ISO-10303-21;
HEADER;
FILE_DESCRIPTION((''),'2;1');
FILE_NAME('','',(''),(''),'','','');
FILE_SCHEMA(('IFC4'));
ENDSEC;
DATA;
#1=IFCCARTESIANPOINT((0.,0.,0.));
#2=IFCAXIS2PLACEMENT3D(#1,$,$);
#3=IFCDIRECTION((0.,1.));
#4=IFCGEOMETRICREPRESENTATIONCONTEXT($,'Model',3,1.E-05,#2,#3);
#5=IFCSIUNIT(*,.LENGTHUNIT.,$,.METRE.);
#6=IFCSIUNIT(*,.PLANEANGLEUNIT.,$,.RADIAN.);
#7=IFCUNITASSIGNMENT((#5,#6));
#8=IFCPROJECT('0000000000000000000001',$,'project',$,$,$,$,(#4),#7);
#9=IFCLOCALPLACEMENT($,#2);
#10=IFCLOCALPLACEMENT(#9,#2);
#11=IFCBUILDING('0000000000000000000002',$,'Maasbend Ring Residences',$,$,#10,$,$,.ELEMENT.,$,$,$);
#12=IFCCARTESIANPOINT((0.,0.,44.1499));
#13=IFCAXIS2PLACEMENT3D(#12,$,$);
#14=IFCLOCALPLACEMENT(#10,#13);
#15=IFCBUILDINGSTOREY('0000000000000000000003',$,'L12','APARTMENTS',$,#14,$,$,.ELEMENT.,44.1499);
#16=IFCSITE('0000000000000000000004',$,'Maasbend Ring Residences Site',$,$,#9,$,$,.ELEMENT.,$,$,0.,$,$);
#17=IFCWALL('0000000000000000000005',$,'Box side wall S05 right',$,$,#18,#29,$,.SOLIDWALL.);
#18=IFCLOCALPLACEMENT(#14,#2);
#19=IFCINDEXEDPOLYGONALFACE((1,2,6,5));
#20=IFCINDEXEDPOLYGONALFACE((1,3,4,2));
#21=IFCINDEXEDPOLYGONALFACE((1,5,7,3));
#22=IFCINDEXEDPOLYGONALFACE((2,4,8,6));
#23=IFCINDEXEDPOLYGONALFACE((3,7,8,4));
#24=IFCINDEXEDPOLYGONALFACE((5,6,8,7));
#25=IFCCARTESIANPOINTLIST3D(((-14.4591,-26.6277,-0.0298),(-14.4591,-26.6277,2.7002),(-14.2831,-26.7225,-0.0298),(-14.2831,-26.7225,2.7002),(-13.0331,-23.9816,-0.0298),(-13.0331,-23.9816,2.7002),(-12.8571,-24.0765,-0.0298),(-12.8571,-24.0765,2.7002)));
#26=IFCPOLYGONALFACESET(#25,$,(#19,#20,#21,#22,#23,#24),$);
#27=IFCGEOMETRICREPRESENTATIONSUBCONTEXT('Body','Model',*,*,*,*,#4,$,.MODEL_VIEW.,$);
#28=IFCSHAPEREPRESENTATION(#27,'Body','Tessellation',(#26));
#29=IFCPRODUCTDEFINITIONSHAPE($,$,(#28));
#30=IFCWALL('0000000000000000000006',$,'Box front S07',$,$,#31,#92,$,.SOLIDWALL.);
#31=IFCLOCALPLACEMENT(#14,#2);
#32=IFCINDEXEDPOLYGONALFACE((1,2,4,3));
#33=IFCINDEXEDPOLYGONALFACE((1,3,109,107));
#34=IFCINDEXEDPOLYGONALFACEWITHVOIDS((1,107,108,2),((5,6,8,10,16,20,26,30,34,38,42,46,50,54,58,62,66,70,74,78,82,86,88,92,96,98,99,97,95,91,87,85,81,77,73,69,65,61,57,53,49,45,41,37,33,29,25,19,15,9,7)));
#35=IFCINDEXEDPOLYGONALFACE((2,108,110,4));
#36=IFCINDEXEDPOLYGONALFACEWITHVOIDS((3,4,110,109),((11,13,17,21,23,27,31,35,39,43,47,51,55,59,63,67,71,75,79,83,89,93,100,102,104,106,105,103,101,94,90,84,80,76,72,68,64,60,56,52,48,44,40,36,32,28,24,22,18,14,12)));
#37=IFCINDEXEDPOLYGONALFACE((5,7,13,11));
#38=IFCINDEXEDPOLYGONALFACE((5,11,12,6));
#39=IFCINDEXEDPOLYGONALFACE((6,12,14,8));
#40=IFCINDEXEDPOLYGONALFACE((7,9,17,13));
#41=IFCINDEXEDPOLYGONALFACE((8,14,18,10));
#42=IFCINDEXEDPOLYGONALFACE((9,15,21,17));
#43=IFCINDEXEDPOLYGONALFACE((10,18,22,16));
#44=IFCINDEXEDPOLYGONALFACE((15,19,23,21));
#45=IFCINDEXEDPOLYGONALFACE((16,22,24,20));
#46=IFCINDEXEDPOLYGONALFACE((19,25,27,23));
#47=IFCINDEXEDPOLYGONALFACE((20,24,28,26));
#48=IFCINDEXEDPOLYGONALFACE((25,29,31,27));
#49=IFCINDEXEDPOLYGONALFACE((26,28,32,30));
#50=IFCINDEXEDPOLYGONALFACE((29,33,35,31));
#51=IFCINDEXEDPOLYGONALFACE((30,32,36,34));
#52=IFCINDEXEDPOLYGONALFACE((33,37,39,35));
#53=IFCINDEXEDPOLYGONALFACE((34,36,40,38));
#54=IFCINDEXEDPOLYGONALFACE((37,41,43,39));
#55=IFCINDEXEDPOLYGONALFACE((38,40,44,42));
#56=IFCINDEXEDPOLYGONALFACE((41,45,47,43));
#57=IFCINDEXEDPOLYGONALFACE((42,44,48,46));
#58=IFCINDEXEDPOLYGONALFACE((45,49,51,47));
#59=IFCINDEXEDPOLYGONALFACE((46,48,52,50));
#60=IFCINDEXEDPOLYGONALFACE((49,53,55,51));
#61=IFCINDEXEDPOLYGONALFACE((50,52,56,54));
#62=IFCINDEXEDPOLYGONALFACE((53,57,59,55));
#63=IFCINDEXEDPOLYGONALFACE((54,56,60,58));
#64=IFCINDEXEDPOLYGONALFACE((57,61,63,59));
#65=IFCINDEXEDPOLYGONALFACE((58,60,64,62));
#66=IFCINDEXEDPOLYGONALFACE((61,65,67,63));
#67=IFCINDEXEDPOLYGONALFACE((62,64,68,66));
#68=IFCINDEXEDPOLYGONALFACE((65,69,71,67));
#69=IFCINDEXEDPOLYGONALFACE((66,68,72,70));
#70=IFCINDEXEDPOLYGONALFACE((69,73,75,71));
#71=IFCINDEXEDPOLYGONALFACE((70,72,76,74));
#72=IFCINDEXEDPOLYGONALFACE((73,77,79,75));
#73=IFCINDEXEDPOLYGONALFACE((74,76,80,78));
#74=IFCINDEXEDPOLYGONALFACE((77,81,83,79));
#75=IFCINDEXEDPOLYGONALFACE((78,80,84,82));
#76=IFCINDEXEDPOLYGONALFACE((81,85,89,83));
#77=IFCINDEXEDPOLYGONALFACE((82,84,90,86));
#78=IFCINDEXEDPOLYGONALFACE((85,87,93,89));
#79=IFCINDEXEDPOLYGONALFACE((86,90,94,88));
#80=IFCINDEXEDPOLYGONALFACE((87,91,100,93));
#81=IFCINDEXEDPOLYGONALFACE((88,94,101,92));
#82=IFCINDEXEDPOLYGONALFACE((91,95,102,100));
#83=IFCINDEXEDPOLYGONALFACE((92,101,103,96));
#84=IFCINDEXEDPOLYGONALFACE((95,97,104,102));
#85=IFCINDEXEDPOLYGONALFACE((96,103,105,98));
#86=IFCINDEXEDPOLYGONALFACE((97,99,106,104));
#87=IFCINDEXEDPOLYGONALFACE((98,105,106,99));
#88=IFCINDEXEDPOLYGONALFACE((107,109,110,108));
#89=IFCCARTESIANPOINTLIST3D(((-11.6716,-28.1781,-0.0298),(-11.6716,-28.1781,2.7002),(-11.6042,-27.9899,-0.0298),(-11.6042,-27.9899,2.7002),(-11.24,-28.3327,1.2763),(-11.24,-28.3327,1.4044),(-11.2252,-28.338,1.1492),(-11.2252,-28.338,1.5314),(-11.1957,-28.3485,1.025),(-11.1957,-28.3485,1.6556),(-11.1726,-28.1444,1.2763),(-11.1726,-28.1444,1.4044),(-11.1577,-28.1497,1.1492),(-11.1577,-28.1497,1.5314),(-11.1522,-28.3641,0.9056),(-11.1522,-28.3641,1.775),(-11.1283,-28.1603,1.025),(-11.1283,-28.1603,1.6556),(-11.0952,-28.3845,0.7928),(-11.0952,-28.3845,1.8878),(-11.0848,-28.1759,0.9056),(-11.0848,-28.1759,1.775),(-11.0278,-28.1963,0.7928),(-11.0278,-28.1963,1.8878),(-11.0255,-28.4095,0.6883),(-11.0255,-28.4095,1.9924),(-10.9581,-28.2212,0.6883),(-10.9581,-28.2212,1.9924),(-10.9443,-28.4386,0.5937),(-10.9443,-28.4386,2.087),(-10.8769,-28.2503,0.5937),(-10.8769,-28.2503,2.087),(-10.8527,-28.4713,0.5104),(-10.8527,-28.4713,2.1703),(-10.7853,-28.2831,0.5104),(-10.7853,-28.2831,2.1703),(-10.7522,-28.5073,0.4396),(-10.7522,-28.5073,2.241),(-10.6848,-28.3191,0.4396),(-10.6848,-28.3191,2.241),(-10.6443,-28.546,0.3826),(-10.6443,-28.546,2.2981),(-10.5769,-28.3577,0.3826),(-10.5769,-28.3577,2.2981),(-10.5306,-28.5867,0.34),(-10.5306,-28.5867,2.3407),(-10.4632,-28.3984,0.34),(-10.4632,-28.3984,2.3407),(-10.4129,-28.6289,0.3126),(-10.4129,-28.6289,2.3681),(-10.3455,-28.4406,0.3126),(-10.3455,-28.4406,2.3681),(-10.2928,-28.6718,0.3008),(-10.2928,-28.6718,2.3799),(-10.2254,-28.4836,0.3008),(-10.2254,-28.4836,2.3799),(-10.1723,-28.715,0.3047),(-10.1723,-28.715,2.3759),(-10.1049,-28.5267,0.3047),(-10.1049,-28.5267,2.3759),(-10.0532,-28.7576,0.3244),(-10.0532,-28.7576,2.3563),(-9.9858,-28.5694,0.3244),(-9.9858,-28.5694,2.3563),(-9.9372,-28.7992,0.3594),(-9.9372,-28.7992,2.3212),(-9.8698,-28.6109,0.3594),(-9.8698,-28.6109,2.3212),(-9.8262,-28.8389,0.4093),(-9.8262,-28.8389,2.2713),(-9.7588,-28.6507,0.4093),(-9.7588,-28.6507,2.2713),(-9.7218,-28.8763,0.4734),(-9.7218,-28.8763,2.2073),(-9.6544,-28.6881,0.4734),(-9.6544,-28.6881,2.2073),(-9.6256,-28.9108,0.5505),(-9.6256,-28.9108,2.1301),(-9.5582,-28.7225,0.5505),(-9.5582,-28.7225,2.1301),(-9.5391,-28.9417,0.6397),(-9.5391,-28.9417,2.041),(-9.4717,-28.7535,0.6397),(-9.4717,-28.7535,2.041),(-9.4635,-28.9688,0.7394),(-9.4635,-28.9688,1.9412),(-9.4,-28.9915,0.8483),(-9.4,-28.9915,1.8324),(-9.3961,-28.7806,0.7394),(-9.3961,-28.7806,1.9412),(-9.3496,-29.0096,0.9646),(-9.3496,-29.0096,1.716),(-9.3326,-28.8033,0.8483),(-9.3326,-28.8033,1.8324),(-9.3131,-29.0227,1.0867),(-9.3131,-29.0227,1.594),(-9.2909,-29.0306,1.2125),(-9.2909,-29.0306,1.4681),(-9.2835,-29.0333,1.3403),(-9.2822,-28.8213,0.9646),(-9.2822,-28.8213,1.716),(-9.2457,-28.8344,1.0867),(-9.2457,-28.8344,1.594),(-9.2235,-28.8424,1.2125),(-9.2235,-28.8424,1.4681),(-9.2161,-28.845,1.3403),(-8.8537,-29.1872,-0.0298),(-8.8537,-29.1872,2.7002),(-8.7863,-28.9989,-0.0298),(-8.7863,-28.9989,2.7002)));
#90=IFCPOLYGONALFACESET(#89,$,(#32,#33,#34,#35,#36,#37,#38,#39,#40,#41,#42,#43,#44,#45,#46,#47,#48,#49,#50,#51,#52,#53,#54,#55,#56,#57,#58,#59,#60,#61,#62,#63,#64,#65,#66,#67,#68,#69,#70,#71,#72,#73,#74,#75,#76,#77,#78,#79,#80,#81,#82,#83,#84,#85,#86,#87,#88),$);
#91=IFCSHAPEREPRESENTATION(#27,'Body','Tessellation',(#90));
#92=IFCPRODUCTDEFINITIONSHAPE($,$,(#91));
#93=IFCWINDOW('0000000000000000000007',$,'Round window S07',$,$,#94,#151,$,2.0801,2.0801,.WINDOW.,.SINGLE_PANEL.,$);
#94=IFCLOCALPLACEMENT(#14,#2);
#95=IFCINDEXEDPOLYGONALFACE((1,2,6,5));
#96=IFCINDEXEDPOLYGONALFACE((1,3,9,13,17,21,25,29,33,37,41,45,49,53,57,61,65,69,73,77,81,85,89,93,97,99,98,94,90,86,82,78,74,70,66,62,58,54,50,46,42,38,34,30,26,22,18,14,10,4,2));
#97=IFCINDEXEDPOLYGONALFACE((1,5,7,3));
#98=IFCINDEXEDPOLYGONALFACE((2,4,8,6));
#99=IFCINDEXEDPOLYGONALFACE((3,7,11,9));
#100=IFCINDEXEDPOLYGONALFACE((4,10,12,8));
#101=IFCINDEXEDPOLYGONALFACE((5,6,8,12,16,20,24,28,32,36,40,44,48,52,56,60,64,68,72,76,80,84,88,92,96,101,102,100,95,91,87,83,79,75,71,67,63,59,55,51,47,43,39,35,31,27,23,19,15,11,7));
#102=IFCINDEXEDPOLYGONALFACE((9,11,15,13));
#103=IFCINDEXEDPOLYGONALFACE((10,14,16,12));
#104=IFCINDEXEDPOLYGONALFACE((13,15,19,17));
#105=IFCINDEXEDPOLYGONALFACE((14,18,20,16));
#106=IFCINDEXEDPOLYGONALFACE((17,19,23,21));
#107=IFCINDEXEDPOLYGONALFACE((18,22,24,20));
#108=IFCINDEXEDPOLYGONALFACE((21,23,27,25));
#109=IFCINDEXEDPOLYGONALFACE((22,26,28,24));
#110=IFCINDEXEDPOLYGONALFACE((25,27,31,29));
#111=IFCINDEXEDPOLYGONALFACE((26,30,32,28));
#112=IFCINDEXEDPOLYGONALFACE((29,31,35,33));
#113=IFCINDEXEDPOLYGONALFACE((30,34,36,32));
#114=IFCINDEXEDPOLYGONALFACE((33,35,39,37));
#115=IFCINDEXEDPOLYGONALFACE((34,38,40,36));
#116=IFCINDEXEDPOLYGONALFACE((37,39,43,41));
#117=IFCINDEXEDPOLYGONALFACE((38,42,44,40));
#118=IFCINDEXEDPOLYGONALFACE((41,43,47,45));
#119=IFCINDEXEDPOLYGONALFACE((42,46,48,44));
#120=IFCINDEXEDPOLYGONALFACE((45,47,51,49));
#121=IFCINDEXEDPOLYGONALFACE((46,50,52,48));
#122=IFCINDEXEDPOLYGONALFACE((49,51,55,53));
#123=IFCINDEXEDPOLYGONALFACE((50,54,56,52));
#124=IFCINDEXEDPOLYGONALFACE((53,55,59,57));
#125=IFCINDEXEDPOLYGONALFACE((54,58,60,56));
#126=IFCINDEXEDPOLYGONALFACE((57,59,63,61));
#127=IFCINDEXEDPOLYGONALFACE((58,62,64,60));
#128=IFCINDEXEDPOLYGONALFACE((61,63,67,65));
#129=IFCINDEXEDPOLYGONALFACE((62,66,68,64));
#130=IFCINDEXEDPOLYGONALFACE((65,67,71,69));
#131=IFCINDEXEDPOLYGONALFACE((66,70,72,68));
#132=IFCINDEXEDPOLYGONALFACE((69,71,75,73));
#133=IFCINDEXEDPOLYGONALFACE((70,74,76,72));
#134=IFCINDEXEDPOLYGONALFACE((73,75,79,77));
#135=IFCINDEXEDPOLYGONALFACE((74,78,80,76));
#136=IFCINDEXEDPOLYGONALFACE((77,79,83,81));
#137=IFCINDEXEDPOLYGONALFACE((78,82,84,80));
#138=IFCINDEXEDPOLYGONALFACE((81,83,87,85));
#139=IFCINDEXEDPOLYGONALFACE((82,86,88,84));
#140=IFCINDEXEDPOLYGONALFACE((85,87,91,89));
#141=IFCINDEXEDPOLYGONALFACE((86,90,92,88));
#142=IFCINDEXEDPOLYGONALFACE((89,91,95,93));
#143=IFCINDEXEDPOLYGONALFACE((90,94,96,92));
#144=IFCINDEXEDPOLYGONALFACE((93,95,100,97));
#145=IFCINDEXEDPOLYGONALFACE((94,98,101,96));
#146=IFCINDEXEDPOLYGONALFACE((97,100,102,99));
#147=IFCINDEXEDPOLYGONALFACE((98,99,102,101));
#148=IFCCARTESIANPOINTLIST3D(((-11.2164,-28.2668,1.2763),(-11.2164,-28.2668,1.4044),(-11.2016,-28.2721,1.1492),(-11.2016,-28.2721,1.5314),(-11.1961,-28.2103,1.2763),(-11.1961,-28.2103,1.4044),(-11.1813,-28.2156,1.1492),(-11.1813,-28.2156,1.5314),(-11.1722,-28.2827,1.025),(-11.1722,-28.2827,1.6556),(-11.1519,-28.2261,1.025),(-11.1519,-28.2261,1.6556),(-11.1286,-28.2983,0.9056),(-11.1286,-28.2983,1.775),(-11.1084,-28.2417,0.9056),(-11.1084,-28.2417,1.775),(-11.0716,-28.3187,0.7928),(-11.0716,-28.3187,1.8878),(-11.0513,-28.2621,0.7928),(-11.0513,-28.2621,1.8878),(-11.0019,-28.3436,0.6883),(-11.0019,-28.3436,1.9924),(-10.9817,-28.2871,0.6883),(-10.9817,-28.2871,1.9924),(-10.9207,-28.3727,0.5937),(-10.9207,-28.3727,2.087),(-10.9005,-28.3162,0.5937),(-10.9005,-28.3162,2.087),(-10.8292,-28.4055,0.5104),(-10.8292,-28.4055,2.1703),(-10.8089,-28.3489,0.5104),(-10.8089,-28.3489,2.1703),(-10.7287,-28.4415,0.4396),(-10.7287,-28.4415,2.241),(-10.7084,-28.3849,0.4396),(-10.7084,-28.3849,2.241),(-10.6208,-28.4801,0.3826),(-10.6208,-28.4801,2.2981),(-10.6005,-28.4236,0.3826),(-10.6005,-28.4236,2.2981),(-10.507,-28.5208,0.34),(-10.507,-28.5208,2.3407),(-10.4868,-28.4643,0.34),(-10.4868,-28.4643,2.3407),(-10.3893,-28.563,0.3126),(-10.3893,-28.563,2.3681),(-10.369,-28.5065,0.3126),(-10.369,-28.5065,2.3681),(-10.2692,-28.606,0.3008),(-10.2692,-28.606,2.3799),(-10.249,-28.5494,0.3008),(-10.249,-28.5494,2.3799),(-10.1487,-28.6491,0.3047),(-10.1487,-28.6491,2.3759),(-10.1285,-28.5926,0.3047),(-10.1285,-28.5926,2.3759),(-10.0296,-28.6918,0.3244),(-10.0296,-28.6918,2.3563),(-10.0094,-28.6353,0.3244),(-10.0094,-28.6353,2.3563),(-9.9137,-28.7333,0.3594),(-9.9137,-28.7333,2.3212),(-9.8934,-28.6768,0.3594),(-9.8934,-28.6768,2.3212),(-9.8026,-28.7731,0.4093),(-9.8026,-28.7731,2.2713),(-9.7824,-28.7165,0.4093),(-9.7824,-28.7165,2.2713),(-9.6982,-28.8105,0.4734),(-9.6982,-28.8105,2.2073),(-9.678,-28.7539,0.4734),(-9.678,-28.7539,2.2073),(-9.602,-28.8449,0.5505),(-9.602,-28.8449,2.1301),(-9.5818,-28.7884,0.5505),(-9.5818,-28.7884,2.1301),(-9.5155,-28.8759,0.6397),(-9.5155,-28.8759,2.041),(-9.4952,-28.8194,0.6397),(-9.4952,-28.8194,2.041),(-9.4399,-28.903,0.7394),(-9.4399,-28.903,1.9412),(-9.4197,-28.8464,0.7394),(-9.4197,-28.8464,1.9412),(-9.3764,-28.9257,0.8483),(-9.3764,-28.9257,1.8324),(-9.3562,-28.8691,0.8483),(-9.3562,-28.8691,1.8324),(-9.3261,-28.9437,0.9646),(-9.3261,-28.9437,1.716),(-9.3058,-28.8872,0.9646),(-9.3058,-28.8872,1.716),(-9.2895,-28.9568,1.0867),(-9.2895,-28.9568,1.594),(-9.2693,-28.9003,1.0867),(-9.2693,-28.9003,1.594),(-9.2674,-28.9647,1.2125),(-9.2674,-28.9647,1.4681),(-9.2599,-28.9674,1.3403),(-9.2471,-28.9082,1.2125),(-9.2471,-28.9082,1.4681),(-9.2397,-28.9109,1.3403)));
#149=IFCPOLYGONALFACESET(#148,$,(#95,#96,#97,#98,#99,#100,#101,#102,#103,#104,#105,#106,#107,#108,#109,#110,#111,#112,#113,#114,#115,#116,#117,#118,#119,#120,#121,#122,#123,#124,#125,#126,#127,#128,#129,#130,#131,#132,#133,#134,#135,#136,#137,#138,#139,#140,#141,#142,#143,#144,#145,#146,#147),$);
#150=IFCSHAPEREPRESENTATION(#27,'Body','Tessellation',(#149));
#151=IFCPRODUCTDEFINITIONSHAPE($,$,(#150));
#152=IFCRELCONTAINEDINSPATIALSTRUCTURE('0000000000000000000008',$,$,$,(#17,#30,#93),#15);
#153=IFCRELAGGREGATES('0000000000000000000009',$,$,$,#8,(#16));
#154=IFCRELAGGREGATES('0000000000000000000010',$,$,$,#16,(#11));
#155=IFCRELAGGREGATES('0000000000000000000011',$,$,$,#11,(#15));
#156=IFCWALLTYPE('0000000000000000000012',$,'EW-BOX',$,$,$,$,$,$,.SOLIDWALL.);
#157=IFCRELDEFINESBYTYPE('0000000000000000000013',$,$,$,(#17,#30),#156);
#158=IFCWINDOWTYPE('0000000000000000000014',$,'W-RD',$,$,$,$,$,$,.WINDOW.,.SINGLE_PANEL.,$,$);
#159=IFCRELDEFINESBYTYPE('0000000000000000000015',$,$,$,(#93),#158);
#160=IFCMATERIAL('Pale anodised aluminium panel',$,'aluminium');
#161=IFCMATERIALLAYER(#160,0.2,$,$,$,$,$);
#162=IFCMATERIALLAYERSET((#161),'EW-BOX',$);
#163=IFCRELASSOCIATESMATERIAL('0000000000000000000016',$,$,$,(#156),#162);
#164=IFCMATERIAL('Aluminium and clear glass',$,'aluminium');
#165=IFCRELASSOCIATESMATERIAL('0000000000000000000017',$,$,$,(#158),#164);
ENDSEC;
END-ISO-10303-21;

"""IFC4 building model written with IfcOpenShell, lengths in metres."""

from ifc_helpers import new_model, si_unit, direction, frame, frame_2d, origin, place, context, subcontext, project, spatial, rectangle, circle, extrude, material, layer, layer_set, type_object, element, fill, save


model = new_model("IFC4")

# Units and contexts
model_context = context("Model", 3, precision=1e-05, world=origin(), true_north=direction((0.0, 1.0)))
body_context = subcontext(model_context, "Body", "Model", "MODEL_VIEW")
ifc_project = project(units=[si_unit("LENGTHUNIT", "METRE"), si_unit("PLANEANGLEUNIT", "RADIAN")], contexts=[model_context])

# Site, building, storey
site_placement = place(None, origin())
site = spatial("IfcSite", under=ifc_project, at=site_placement, Name="Maasbend Ring Residences Site", CompositionType="ELEMENT", RefElevation=0.0)
building_placement = place(site_placement, origin())
building = spatial("IfcBuilding", under=site, at=building_placement, Name="Maasbend Ring Residences", CompositionType="ELEMENT")
storey_placement = place(building_placement, frame((0.0, 0.0, 44.1499)))
storey = spatial("IfcBuildingStorey", under=building, at=storey_placement, Name="L12", Description="APARTMENTS", CompositionType="ELEMENT", Elevation=44.1499)

# Shared definitions
ifc_material_1 = material(Name="Pale anodised aluminium panel", Category="aluminium")
ifc_layer_1 = layer(ifc_material_1, 0.2)
ifc_layer_set_1 = layer_set([ifc_layer_1], Name="EW-BOX")
wall_type_1 = type_object("IfcWallType", Name="EW-BOX", PredefinedType="SOLIDWALL", material=ifc_layer_set_1)
ifc_material_2 = material(Name="Aluminium and clear glass", Category="aluminium")
window_type_1 = type_object("IfcWindowType", Name="W-RD", PartitioningType="SINGLE_PANEL", PredefinedType="WINDOW", material=ifc_material_2)

# Wall
wall_1_placement = place(storey_placement, frame((-12.9451, -24.0291, -0.0298), z_axis=(0.0, 0.0, 1.0), x_axis=(-0.474424, -0.880296, 0.0)))
element("IfcWall", 1, at=wall_1_placement, inside=storey, type_object=wall_type_1, Name="Box side wall S05 right", PredefinedType="SOLIDWALL", context=body_context, shape_type="SweptSolid", body=[
    extrude(rectangle(XDim=3.0059, YDim=0.2, at=frame_2d((1.5029, 0.0))), origin(), (0.0, 0.0, 1.0), 2.73),
])

# Wall, opening, window
wall_2_placement = place(storey_placement, frame((-11.6379, -28.084, -0.0298), z_axis=(0.0, 0.0, 1.0), x_axis=(0.941461, -0.337122, 0.0)))
wall_2 = element("IfcWall", 2, at=wall_2_placement, inside=storey, type_object=wall_type_1, Name="Box front S07", PredefinedType="SOLIDWALL", context=body_context, shape_type="SweptSolid", body=[
    extrude(rectangle(XDim=2.9932, YDim=0.2, at=frame_2d((1.4966, 0.0))), origin(), (0.0, 0.0, 1.0), 2.73),
])
opening_1_placement = place(wall_2_placement, frame((0.4565, 0.0, 0.3301)))
opening_1 = element("IfcOpeningElement", 3, at=opening_1_placement, cuts=wall_2, PredefinedType="OPENING", context=body_context, shape_type="SweptSolid", body=[
    extrude(circle(Radius=1.04, at=frame_2d((1.04, 1.04))), frame((0.0, 0.1099, 0.0), z_axis=(0.0, -1.0, 0.0), x_axis=(1.0, 0.0, 0.0)), (0.0, 0.0, 1.0), 0.22),
])
window_1_placement = place(opening_1_placement, origin())
window_1 = element("IfcWindow", 4, at=window_1_placement, inside=storey, type_object=window_type_1, Name="Round window S07", OverallHeight=2.0801, OverallWidth=2.0801, PartitioningType="SINGLE_PANEL", PredefinedType="WINDOW", context=body_context, shape_type="SweptSolid", body=[
    extrude(circle(Radius=1.04, at=frame_2d((1.04, 1.04))), frame((0.0, 0.03, 0.0), z_axis=(0.0, -1.0, 0.0), x_axis=(1.0, 0.0, 0.0)), (0.0, 0.0, 1.0), 0.0601),
])
fill(opening_1, window_1)

save(model, "model.ifc")
